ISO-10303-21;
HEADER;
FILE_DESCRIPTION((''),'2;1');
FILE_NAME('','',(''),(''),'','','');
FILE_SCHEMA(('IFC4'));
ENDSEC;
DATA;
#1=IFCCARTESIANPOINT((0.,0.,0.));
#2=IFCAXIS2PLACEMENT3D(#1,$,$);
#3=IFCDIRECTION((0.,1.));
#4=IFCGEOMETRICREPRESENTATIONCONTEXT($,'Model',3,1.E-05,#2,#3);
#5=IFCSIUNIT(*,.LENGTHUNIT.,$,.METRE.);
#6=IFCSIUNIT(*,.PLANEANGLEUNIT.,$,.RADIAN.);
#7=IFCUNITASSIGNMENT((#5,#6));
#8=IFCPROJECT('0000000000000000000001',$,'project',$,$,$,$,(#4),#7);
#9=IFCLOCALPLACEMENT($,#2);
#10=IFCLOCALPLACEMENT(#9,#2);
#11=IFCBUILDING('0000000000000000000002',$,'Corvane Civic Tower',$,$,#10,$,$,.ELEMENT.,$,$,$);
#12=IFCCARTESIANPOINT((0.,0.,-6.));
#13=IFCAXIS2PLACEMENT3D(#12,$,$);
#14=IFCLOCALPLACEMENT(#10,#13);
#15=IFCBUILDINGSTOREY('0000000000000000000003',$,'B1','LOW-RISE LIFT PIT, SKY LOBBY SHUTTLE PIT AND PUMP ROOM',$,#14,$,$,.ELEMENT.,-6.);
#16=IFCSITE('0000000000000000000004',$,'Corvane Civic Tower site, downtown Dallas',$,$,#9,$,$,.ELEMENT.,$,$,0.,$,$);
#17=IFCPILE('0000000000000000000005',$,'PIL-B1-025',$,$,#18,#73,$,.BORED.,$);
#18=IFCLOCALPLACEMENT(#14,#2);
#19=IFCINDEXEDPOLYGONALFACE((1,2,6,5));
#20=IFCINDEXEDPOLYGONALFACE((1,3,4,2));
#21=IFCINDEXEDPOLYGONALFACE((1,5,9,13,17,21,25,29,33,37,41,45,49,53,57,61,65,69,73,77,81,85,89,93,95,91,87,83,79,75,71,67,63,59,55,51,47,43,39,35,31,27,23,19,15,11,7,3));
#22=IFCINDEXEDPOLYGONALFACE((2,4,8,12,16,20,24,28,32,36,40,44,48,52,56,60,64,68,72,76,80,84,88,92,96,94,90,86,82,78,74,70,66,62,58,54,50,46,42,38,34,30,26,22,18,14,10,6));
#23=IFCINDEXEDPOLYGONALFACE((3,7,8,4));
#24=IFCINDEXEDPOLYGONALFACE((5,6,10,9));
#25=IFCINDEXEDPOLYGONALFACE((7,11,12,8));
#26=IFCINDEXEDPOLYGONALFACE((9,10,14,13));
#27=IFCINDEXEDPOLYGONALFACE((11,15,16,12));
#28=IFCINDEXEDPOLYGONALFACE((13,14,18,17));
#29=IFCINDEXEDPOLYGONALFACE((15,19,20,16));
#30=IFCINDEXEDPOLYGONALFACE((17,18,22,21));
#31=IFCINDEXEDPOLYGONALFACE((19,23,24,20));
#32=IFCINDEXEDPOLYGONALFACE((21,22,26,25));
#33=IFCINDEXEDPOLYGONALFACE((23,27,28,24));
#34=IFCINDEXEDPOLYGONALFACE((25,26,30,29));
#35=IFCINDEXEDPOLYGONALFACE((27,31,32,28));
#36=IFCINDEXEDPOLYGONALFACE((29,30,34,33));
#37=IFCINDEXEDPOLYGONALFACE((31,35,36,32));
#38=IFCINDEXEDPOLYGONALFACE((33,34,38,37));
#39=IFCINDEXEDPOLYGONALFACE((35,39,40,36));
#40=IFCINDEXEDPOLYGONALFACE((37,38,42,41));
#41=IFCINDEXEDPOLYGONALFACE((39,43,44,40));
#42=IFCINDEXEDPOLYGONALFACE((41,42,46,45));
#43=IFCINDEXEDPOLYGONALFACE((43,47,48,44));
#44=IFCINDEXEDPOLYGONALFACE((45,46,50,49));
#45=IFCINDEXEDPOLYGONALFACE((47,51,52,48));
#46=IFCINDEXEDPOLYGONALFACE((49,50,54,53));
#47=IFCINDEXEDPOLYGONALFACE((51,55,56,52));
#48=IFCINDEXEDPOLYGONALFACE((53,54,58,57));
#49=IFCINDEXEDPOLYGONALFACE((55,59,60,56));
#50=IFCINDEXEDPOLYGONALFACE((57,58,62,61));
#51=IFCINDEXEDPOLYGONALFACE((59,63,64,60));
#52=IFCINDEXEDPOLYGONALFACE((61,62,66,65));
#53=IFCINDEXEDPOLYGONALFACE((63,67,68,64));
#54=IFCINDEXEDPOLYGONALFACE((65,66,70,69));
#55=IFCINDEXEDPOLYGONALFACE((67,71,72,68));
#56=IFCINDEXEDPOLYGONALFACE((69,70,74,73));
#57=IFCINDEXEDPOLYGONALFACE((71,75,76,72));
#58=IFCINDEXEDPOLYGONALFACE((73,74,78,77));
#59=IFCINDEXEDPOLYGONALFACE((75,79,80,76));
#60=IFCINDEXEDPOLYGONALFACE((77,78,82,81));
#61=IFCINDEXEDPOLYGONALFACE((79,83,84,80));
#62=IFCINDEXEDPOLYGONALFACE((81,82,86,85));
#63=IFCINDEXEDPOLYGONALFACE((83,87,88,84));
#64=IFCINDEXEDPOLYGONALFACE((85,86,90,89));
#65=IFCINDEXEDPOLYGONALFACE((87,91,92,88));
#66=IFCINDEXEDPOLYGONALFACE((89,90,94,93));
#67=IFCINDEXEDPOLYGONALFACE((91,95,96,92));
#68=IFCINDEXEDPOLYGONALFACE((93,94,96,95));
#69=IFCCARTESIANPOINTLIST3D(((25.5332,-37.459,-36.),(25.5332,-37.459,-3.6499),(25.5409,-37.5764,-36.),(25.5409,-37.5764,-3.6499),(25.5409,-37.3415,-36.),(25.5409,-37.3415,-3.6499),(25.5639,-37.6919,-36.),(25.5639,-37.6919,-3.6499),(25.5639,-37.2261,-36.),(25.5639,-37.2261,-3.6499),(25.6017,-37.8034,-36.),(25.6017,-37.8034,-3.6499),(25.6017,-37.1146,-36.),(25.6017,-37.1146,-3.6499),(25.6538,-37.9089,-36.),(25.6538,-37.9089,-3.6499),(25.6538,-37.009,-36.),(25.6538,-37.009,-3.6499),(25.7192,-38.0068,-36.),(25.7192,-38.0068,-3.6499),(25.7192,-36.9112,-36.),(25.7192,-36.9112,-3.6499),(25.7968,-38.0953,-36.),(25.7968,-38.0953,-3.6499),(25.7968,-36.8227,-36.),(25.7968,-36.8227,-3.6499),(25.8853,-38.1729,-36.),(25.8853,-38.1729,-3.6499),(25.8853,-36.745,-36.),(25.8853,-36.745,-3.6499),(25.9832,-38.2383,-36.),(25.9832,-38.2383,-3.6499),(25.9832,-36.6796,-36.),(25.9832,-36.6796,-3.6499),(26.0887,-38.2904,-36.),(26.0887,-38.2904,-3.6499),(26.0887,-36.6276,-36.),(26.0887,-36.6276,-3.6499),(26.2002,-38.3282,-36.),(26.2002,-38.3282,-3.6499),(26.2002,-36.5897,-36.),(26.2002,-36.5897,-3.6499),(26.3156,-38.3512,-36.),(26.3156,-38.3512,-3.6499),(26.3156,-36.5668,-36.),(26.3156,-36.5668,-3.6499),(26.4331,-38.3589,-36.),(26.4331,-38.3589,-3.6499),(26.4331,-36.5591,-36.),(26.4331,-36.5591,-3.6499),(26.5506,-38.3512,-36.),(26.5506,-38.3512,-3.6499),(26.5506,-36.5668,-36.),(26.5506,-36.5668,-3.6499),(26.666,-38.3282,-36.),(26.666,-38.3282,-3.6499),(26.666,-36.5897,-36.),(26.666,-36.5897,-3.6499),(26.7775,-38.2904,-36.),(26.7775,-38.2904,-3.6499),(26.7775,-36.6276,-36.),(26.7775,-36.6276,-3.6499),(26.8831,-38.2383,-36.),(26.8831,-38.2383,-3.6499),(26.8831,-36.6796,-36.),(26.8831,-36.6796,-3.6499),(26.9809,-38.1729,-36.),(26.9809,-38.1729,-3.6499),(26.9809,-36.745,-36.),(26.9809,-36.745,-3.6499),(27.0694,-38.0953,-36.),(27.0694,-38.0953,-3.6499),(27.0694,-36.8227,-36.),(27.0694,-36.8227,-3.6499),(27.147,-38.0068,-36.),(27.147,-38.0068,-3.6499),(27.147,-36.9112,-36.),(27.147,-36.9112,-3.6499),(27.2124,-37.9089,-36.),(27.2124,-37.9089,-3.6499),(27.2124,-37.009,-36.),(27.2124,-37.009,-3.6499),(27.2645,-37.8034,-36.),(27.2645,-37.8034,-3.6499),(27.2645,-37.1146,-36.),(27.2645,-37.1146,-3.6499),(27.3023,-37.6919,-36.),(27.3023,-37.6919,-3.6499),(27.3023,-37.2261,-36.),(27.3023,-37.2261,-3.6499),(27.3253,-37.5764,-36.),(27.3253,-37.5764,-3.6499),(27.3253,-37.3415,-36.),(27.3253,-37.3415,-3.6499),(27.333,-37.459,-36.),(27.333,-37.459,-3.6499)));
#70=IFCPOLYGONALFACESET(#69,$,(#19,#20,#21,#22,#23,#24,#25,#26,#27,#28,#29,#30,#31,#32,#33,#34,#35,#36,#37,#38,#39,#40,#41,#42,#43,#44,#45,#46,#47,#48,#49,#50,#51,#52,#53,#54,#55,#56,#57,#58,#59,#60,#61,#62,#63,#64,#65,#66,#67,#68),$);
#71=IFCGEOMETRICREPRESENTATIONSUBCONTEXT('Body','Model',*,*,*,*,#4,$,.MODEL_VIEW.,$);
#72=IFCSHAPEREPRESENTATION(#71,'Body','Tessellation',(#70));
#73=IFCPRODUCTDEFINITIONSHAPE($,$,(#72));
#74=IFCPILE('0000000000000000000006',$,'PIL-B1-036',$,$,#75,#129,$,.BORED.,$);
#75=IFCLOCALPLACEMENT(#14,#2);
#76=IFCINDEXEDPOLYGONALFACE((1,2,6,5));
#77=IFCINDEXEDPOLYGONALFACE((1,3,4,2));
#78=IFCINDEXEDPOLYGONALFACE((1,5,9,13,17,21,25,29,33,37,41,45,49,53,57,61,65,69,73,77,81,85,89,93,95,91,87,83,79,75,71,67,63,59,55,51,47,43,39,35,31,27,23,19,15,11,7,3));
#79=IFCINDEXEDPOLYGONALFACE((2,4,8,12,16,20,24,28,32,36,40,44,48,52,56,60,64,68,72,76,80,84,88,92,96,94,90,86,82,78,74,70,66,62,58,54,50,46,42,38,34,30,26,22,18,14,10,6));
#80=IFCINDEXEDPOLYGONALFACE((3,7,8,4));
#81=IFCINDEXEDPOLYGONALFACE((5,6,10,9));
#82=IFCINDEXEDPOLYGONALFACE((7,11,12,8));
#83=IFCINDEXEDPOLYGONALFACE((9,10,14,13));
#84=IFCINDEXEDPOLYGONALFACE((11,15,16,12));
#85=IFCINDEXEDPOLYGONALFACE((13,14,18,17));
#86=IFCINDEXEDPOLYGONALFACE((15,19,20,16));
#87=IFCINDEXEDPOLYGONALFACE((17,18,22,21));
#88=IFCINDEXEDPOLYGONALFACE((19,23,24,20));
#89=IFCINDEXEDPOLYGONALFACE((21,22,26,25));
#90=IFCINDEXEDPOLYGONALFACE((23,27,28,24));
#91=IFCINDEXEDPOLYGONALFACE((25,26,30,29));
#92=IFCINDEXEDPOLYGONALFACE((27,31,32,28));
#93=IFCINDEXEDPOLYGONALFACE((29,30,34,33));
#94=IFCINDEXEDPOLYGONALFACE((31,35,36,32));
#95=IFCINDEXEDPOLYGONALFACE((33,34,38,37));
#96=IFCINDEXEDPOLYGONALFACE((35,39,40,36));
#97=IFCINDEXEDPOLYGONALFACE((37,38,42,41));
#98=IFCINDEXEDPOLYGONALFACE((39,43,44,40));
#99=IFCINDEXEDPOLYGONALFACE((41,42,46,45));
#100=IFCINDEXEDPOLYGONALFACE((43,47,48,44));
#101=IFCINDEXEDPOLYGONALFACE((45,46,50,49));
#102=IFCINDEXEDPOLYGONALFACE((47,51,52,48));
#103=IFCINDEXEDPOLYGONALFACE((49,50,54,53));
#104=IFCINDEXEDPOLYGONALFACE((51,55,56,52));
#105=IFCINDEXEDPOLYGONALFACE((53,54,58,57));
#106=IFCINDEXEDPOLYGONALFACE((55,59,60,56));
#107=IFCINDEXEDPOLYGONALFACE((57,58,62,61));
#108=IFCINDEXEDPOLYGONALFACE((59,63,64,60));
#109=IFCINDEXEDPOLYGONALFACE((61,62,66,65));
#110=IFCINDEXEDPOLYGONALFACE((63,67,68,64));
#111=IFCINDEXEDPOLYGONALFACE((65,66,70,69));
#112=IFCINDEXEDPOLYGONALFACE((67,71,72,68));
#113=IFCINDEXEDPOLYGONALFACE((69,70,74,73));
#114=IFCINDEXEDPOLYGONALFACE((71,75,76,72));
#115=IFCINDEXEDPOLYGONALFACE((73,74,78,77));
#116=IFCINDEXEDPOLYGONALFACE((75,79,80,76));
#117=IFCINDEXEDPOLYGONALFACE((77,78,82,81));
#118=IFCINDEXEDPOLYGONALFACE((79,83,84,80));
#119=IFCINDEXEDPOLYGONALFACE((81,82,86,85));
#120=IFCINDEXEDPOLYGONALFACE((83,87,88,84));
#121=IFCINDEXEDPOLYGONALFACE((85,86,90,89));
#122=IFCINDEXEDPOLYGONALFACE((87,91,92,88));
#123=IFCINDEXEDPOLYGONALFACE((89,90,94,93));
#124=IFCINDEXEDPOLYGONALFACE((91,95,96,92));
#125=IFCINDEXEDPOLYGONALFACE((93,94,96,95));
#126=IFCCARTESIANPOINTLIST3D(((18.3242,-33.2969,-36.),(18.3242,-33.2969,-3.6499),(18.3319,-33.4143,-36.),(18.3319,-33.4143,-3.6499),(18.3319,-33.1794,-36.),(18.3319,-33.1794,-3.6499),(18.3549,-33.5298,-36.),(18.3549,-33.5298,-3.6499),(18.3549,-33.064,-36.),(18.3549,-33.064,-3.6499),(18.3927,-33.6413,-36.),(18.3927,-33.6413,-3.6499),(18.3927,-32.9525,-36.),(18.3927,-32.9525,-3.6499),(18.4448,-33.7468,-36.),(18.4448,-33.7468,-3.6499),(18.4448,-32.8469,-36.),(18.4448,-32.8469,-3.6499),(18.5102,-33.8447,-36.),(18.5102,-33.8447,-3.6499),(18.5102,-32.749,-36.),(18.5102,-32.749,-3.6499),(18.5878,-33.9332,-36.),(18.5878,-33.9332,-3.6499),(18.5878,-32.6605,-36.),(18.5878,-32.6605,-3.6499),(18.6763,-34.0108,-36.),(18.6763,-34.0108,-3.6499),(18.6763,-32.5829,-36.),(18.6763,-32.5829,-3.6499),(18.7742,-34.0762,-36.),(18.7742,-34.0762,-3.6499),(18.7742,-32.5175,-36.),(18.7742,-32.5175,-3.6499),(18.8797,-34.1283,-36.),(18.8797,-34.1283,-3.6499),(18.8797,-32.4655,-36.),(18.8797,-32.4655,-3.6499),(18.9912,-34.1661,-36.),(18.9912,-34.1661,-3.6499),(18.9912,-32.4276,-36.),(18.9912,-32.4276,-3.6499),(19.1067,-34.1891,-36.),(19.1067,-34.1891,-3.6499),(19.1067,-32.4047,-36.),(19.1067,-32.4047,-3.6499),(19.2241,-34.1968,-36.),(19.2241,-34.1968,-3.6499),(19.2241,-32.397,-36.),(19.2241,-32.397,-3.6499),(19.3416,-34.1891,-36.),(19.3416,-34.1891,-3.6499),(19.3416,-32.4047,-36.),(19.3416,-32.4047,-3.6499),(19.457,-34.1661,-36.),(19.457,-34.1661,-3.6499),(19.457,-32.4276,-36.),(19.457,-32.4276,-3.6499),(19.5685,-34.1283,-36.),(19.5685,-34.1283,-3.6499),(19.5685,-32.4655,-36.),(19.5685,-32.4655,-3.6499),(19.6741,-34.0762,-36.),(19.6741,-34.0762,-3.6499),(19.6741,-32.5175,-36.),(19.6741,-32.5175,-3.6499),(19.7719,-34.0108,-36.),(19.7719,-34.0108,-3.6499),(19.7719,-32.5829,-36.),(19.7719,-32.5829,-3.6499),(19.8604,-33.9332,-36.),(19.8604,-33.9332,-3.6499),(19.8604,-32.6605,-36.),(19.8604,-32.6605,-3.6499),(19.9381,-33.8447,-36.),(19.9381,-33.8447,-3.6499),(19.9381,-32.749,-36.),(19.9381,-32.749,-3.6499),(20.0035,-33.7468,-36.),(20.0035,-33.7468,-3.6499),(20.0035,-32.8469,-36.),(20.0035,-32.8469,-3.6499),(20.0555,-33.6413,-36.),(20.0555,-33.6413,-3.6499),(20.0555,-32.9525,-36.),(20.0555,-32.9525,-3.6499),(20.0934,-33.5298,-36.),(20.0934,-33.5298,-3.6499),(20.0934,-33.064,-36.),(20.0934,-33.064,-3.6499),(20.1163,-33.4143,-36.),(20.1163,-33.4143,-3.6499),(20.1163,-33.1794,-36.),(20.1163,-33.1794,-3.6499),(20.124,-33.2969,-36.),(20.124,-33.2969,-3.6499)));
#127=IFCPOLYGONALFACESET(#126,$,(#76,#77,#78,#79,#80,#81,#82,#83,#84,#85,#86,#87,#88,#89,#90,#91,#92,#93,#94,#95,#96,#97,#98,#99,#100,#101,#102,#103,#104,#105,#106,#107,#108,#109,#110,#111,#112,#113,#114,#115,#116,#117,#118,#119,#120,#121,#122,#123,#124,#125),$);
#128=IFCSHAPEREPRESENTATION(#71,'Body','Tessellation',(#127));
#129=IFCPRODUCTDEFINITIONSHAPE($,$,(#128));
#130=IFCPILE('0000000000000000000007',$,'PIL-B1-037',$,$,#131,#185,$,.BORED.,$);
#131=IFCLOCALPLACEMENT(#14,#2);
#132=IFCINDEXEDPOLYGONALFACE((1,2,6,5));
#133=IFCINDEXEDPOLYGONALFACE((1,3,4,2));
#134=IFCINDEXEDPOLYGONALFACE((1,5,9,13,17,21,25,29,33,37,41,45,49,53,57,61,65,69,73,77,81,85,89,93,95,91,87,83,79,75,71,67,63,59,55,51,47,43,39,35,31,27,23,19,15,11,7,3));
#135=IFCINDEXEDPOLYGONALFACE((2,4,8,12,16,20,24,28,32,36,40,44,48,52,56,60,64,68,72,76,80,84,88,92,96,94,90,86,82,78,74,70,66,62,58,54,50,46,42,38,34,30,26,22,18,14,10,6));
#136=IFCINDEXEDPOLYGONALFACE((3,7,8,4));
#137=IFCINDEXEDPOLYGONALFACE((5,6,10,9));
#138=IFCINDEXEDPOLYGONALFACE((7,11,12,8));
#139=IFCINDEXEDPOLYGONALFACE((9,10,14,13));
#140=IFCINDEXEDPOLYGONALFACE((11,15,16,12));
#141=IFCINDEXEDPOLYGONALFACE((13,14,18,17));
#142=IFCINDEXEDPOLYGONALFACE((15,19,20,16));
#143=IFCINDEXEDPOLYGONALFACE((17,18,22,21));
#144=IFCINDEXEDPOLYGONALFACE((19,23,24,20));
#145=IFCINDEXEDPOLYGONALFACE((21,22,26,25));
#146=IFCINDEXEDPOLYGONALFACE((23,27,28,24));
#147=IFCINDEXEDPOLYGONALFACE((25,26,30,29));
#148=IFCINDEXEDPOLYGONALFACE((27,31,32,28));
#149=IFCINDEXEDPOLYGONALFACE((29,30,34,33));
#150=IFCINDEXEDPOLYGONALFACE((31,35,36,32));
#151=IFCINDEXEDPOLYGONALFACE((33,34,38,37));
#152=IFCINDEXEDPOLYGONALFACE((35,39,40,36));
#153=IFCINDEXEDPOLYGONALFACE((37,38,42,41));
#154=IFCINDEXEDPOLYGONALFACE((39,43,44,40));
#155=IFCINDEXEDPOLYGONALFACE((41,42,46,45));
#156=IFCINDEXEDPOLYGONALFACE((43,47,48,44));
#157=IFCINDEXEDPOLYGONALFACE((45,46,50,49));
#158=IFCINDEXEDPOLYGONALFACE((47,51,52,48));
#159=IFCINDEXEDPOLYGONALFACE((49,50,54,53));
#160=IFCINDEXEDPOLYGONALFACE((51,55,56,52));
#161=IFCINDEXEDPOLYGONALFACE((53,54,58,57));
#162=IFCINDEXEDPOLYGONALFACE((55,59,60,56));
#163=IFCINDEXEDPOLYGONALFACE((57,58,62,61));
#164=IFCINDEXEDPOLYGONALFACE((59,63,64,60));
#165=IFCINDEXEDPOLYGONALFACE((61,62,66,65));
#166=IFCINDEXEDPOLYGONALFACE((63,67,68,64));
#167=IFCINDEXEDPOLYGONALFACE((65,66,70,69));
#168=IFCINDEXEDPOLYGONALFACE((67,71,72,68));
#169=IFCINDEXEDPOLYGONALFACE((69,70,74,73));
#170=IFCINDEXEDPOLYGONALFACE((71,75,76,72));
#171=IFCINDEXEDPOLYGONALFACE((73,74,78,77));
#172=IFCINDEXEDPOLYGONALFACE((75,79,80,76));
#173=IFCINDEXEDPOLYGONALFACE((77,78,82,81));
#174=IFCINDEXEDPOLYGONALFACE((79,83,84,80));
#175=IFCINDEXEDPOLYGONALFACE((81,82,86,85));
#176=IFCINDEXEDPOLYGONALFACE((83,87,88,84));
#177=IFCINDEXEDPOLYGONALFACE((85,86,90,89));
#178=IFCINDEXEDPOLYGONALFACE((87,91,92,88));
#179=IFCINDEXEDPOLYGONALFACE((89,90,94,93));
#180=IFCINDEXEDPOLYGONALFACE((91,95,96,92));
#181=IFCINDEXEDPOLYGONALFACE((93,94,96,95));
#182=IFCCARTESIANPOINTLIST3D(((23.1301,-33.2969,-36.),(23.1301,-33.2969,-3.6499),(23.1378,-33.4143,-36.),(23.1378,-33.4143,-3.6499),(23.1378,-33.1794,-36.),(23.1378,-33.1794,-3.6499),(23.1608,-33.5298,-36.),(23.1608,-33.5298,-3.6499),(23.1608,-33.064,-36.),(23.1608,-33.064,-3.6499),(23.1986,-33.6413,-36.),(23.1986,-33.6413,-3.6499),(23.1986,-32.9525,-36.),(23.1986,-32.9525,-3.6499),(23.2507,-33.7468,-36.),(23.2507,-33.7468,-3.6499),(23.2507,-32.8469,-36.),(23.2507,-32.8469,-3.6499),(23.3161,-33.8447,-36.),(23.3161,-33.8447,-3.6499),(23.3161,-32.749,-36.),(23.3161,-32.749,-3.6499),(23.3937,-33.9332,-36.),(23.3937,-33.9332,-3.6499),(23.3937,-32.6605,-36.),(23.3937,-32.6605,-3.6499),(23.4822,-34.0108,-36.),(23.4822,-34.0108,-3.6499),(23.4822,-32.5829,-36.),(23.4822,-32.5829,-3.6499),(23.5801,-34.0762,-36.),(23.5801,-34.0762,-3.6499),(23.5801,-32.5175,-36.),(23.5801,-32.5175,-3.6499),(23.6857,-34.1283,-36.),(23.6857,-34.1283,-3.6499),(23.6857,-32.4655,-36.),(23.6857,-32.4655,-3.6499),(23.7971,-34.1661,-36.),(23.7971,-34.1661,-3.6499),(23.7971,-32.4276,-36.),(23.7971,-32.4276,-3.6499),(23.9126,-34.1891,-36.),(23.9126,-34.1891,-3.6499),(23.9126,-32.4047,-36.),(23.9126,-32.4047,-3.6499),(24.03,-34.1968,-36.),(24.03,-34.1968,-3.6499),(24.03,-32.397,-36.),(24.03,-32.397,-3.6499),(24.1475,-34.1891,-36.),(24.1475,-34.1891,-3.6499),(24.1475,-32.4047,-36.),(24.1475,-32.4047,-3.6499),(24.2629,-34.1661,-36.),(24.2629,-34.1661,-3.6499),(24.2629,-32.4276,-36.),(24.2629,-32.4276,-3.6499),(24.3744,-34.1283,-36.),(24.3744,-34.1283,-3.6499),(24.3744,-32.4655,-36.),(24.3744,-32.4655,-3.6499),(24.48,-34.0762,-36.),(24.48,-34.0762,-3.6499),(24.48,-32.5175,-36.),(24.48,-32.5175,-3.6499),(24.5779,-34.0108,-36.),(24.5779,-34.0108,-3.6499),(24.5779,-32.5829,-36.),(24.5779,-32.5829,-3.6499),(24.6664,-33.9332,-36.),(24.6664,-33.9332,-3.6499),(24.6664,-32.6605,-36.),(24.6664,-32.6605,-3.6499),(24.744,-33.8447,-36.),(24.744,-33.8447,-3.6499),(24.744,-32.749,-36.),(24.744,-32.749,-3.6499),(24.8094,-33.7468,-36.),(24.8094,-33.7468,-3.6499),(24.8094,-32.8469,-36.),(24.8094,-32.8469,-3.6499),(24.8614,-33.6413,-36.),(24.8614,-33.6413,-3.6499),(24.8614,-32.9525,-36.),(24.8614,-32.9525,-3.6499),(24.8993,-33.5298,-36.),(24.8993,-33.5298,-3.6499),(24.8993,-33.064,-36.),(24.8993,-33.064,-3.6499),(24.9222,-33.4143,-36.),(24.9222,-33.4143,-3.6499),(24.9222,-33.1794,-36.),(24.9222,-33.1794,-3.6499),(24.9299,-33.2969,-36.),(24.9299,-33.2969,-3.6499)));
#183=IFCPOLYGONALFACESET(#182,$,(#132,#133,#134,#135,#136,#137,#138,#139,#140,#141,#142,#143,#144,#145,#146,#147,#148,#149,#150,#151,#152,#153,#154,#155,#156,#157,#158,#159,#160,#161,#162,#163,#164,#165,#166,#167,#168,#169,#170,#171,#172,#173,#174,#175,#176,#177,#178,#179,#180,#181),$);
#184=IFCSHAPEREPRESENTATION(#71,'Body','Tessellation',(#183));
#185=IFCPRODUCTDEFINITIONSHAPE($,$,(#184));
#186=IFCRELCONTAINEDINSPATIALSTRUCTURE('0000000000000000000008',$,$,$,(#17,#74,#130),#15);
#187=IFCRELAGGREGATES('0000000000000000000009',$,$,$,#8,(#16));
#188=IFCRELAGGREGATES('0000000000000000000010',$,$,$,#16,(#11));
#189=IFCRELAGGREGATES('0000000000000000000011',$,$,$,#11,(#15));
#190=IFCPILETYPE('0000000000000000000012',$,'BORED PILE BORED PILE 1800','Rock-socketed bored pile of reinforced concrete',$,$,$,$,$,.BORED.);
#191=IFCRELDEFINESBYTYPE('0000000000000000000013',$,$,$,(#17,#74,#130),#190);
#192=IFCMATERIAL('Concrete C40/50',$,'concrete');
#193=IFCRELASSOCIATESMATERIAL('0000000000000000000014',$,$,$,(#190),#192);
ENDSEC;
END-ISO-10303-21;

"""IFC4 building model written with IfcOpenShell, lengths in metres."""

from ifc_helpers import new_model, si_unit, direction, frame, origin, origin_2d, place, context, subcontext, project, spatial, circle, extrude, material, material_profile, profile_set, type_object, element, save


model = new_model("IFC4")

# Units and contexts
model_context = context("Model", 3, precision=1e-05, world=origin(), true_north=direction((0.0, 1.0)))
body_context = subcontext(model_context, "Body", "Model", "MODEL_VIEW")
ifc_project = project(units=[si_unit("LENGTHUNIT", "METRE"), si_unit("PLANEANGLEUNIT", "RADIAN")], contexts=[model_context])

# Site, building, storey
site_placement = place(None, origin())
site = spatial("IfcSite", under=ifc_project, at=site_placement, Name="Corvane Civic Tower site, downtown Dallas", CompositionType="ELEMENT", RefElevation=0.0)
building_placement = place(site_placement, origin())
building = spatial("IfcBuilding", under=site, at=building_placement, Name="Corvane Civic Tower", CompositionType="ELEMENT")
storey_placement = place(building_placement, frame((0.0, 0.0, -6.0)))
storey = spatial("IfcBuildingStorey", under=building, at=storey_placement, Name="B1", Description="LOW-RISE LIFT PIT, SKY LOBBY SHUTTLE PIT AND PUMP ROOM", CompositionType="ELEMENT", Elevation=-6.0)

# Piles
ifc_material_1 = material(Name="Concrete C40/50", Category="concrete")
ifc_material_profile_1 = material_profile(ifc_material_1, circle(Radius=0.8999, at=origin_2d()), Name="BORED PILE 1800")
ifc_profile_set_1 = profile_set([ifc_material_profile_1], Name="Concrete C40/50")
pile_type_1 = type_object("IfcPileType", Name="BORED PILE BORED PILE 1800", Description="Rock-socketed bored pile of reinforced concrete", PredefinedType="BORED", material=ifc_profile_set_1)
for number, where, z_axis, x_axis, name in (
    (1, (26.4331, -37.459, -3.6499), (0.0, 0.0, -1.0), (1.0, 0.0, 0.0), "PIL-B1-025"),
    (2, (19.2241, -33.2969, -3.6499), (0.0, 0.0, -1.0), (1.0, 0.0, 0.0), "PIL-B1-036"),
    (3, (24.03, -33.2969, -3.6499), (0.0, 0.0, -1.0), (1.0, 0.0, 0.0), "PIL-B1-037"),
):
    element("IfcPile", number, at=place(storey_placement, frame(where, z_axis=z_axis, x_axis=x_axis)), inside=storey, type_object=pile_type_1, Name=name, PredefinedType="BORED", context=body_context, shape_type="SweptSolid", body=[
        extrude(circle(Radius=0.8999, at=origin_2d()), origin(), (0.0, 0.0, 1.0), 32.3501),
    ])

save(model, "model.ifc")
